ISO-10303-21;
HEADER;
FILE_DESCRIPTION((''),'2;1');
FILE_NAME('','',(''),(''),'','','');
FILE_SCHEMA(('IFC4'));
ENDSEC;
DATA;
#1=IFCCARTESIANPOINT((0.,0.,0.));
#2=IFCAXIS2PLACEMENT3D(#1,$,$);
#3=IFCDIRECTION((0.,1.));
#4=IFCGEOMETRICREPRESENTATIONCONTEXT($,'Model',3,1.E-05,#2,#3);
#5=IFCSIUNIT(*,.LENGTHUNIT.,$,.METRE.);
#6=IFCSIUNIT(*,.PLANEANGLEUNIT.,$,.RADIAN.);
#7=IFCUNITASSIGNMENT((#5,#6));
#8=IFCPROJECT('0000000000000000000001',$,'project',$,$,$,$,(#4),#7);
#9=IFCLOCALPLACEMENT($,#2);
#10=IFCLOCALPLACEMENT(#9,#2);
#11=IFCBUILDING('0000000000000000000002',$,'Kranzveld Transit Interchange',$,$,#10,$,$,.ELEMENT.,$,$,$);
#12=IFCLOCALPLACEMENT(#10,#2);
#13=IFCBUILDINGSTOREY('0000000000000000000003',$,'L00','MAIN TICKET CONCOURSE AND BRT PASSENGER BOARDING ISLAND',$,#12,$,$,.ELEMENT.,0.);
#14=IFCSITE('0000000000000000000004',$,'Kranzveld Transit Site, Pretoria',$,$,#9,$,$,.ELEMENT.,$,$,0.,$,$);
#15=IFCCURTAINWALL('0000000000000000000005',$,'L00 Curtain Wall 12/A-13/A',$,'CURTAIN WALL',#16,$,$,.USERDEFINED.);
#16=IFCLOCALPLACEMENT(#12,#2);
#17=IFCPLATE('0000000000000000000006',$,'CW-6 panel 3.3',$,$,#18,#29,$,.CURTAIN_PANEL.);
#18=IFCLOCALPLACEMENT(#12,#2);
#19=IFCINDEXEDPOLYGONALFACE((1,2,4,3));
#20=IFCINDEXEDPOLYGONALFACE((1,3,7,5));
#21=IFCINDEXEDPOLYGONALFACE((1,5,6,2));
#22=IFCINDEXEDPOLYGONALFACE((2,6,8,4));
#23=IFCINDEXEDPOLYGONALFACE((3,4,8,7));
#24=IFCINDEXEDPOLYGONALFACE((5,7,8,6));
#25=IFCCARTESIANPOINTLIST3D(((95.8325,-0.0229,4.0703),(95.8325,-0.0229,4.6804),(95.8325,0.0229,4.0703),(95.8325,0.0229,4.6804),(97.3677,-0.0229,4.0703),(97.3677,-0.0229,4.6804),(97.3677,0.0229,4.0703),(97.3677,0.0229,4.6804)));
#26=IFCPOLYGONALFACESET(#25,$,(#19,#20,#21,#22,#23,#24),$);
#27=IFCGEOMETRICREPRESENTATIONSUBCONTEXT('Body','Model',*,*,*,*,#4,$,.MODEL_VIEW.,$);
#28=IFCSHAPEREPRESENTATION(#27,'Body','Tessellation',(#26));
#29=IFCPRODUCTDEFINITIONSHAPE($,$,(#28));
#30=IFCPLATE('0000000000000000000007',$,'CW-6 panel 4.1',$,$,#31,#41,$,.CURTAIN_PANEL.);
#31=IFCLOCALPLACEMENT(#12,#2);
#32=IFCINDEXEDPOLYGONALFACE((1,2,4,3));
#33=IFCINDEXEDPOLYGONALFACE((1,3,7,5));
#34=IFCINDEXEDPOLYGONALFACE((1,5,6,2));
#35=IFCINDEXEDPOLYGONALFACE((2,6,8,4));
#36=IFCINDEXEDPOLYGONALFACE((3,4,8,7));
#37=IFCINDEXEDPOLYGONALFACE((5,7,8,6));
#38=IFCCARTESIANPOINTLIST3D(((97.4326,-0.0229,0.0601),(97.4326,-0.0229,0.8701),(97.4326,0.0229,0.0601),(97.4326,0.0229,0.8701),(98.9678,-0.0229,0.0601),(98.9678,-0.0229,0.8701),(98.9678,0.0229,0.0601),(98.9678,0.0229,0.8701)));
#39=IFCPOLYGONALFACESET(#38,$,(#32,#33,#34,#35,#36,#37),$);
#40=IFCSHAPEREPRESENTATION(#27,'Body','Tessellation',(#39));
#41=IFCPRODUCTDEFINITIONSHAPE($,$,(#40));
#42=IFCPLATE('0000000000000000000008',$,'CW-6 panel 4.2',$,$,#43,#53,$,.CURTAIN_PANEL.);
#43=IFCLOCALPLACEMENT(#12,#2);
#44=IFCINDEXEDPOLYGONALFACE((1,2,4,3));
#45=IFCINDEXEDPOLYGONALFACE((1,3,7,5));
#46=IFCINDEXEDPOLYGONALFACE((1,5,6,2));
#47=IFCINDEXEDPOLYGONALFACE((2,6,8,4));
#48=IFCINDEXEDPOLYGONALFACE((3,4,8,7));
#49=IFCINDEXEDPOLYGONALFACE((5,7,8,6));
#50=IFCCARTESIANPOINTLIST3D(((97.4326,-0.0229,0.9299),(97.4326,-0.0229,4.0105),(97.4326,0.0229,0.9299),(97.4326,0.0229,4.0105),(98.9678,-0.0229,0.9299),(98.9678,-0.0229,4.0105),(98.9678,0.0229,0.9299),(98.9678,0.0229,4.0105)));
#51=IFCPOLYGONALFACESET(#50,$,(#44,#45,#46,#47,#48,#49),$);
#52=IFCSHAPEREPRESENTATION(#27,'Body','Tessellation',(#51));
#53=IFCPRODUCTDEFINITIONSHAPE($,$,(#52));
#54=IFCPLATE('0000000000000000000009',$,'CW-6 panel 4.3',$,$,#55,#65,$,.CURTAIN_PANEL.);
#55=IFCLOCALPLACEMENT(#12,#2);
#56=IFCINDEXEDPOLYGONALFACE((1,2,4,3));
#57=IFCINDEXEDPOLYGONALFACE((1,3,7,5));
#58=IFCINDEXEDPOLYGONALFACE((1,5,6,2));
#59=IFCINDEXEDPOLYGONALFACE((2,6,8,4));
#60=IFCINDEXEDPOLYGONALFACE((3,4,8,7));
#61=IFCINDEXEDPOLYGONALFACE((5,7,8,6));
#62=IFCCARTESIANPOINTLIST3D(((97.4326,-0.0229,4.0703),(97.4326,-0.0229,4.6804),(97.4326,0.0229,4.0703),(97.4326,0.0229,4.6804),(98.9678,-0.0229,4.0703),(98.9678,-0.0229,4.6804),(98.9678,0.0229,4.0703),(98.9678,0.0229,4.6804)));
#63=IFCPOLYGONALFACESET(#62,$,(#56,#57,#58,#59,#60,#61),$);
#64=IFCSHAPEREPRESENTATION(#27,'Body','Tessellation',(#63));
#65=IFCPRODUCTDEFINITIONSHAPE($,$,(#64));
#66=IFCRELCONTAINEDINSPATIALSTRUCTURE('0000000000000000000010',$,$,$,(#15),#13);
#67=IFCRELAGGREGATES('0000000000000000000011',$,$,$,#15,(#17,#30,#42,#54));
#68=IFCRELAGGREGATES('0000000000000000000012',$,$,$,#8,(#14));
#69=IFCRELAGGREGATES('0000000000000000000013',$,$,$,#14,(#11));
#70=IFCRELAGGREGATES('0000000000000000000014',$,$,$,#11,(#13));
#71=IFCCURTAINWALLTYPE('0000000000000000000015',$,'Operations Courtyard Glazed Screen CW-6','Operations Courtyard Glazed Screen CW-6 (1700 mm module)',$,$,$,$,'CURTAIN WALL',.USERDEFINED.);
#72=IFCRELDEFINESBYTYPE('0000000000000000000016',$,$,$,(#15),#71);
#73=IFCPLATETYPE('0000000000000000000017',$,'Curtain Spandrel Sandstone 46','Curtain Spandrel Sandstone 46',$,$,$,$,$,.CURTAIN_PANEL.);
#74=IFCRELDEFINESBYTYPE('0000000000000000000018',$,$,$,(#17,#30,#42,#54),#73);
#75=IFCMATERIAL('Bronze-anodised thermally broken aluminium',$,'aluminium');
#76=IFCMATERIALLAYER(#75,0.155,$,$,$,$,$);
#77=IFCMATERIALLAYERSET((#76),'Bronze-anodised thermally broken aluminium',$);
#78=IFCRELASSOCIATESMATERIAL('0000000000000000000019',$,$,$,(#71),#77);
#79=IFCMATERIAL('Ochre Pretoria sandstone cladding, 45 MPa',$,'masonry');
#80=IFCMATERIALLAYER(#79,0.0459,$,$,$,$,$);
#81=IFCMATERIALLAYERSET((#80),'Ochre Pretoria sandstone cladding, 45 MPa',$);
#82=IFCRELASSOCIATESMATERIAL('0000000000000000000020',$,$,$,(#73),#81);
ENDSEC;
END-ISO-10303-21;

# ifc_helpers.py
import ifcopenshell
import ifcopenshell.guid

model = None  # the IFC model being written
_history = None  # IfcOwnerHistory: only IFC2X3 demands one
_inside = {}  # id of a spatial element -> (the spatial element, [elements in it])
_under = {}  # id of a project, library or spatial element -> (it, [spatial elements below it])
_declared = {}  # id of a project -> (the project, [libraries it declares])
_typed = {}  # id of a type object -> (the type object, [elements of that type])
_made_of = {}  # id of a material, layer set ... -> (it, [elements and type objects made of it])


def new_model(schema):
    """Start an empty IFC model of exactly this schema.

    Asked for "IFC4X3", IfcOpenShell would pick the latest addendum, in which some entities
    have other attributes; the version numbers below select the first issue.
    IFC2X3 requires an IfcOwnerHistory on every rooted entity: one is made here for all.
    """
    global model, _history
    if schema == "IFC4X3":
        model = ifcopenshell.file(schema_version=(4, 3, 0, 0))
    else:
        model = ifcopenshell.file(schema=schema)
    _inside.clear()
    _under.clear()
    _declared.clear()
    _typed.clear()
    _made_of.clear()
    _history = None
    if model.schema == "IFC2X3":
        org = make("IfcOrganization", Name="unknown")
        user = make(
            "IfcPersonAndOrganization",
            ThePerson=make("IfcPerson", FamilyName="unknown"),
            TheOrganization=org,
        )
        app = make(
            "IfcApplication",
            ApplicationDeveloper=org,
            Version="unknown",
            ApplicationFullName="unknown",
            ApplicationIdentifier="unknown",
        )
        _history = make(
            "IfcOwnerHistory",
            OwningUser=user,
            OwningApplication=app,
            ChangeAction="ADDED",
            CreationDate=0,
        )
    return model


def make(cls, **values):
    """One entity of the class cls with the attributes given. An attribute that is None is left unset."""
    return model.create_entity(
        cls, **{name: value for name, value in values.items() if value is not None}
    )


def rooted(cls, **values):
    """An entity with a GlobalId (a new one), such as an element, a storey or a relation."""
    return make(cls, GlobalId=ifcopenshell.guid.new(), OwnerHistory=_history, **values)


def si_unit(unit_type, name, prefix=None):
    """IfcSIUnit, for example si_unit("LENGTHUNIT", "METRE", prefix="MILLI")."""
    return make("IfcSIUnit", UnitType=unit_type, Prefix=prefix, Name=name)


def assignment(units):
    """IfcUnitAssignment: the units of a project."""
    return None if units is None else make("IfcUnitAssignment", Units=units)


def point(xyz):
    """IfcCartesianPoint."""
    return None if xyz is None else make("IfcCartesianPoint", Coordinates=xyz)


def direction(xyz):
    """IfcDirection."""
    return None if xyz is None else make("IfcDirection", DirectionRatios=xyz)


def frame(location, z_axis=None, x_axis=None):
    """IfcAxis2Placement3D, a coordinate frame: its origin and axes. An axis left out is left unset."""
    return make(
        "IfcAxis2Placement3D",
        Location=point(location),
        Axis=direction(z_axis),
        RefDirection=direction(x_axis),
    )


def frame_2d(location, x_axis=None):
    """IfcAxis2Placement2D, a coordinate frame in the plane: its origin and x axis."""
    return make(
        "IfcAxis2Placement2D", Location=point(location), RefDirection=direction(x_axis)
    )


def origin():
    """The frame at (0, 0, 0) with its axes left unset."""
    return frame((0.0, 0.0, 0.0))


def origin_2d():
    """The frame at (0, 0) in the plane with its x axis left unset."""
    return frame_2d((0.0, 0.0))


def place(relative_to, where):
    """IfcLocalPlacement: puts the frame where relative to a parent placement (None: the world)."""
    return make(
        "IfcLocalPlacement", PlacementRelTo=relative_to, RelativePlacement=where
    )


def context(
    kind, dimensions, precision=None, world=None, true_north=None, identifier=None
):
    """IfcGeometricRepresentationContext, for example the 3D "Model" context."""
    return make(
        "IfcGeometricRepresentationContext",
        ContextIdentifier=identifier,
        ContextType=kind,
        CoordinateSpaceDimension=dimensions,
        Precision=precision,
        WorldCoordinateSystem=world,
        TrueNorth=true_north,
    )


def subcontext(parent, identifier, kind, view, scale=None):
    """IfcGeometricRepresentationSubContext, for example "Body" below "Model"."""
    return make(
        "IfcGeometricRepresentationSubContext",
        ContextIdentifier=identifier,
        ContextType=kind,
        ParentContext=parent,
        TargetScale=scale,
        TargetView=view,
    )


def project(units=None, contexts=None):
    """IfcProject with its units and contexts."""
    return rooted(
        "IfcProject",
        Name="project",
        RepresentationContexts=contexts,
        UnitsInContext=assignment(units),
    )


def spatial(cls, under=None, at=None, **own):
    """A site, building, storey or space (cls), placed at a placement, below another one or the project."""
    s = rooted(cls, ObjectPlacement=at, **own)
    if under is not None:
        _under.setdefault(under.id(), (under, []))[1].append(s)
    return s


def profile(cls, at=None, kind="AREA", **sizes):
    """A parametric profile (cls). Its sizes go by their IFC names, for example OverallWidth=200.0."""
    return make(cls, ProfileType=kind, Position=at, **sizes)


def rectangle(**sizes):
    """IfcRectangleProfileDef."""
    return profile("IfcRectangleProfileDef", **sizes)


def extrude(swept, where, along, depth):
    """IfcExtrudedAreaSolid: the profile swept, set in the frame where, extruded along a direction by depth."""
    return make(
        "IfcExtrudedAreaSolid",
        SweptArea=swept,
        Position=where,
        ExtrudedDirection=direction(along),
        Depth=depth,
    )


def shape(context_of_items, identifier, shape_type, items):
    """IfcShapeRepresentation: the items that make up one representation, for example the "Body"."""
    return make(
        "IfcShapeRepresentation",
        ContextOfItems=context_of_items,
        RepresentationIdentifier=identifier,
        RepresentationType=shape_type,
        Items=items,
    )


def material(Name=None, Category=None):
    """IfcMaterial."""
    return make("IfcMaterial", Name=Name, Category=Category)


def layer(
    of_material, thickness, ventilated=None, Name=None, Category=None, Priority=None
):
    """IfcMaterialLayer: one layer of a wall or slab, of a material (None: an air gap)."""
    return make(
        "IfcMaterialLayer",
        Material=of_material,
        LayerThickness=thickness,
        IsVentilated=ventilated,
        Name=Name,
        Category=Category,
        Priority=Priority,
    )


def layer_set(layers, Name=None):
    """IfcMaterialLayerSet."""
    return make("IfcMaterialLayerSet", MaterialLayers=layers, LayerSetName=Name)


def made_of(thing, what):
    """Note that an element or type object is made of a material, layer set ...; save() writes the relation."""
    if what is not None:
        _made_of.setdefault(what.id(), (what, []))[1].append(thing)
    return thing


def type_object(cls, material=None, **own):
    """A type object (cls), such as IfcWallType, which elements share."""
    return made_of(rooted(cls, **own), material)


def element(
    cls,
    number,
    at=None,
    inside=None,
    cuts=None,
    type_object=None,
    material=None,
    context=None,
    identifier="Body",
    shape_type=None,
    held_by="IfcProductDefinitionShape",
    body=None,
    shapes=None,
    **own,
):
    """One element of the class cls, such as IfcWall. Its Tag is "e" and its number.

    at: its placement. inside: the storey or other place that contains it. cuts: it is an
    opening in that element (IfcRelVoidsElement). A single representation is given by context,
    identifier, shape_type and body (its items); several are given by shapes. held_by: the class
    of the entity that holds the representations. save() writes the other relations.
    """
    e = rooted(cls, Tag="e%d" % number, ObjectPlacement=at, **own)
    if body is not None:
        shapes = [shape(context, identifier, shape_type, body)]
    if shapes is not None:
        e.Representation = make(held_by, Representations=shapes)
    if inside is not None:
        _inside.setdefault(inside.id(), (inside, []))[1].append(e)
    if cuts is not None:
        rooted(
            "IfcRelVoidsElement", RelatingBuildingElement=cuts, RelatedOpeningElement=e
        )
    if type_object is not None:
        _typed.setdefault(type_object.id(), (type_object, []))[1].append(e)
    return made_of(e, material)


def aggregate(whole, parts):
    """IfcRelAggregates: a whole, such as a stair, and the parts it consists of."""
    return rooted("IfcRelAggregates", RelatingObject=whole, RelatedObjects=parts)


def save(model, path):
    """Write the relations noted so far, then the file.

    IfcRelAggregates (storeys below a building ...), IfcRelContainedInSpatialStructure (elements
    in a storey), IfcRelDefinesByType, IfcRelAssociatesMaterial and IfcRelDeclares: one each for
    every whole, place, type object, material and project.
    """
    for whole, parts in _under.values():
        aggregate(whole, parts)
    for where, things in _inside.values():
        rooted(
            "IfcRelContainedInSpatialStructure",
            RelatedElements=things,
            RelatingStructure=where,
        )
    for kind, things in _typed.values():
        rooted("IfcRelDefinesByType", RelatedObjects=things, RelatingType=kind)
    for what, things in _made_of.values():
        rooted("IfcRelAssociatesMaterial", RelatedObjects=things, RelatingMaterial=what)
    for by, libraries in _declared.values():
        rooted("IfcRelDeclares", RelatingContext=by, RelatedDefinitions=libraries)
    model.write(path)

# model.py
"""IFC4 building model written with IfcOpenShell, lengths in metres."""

from ifc_helpers import new_model, si_unit, direction, frame, origin, origin_2d, place, context, subcontext, project, spatial, rectangle, extrude, material, layer, layer_set, type_object, element, aggregate, save


model = new_model("IFC4")

# Units and contexts
model_context = context("Model", 3, precision=1e-05, world=origin(), true_north=direction((0.0, 1.0)))
body_context = subcontext(model_context, "Body", "Model", "MODEL_VIEW")
ifc_project = project(units=[si_unit("LENGTHUNIT", "METRE"), si_unit("PLANEANGLEUNIT", "RADIAN")], contexts=[model_context])

# Site, building, storey
site_placement = place(None, origin())
site = spatial("IfcSite", under=ifc_project, at=site_placement, Name="Kranzveld Transit Site, Pretoria", CompositionType="ELEMENT", RefElevation=0.0)
building_placement = place(site_placement, origin())
building = spatial("IfcBuilding", under=site, at=building_placement, Name="Kranzveld Transit Interchange", CompositionType="ELEMENT")
storey_placement = place(building_placement, origin())
storey = spatial("IfcBuildingStorey", under=building, at=storey_placement, Name="L00", Description="MAIN TICKET CONCOURSE AND BRT PASSENGER BOARDING ISLAND", CompositionType="ELEMENT", Elevation=0.0)

# Curtain wall, plates
ifc_material_1 = material(Name="Bronze-anodised thermally broken aluminium", Category="aluminium")
ifc_layer_1 = layer(ifc_material_1, 0.155)
ifc_layer_set_1 = layer_set([ifc_layer_1], Name="Bronze-anodised thermally broken aluminium")
curtain_wall_type = type_object("IfcCurtainWallType", Name="Operations Courtyard Glazed Screen CW-6", Description="Operations Courtyard Glazed Screen CW-6 (1700 mm module)", ElementType="CURTAIN WALL", PredefinedType="USERDEFINED", material=ifc_layer_set_1)
curtain_wall_placement = place(storey_placement, origin())
curtain_wall = element("IfcCurtainWall", 1, at=curtain_wall_placement, inside=storey, type_object=curtain_wall_type, Name="L00 Curtain Wall 12/A-13/A", ObjectType="CURTAIN WALL", PredefinedType="USERDEFINED")
ifc_material_2 = material(Name="Ochre Pretoria sandstone cladding, 45 MPa", Category="masonry")
ifc_layer_2 = layer(ifc_material_2, 0.0459)
ifc_layer_set_2 = layer_set([ifc_layer_2], Name="Ochre Pretoria sandstone cladding, 45 MPa")
plate_type = type_object("IfcPlateType", Name="Curtain Spandrel Sandstone 46", Description="Curtain Spandrel Sandstone 46", PredefinedType="CURTAIN_PANEL", material=ifc_layer_set_2)
plate_1_placement = place(storey_placement, frame((96.6001, 0.0, 4.0703), z_axis=(0.0, 0.0, 1.0), x_axis=(1.0, 0.0, 0.0)))
plate_1 = element("IfcPlate", 2, at=plate_1_placement, type_object=plate_type, Name="CW-6 panel 3.3", PredefinedType="CURTAIN_PANEL", context=body_context, shape_type="SweptSolid", body=[
    extrude(rectangle(XDim=1.5352, YDim=0.0459, at=origin_2d()), origin(), (0.0, 0.0, 1.0), 0.6101),
])
plate_2_placement = place(storey_placement, frame((98.2002, 0.0, 0.0601), z_axis=(0.0, 0.0, 1.0), x_axis=(1.0, 0.0, 0.0)))
plate_2 = element("IfcPlate", 3, at=plate_2_placement, type_object=plate_type, Name="CW-6 panel 4.1", PredefinedType="CURTAIN_PANEL", context=body_context, shape_type="SweptSolid", body=[
    extrude(rectangle(XDim=1.5352, YDim=0.0459, at=origin_2d()), origin(), (0.0, 0.0, 1.0), 0.8101),
])
plate_3_placement = place(storey_placement, frame((98.2002, 0.0, 0.9299), z_axis=(0.0, 0.0, 1.0), x_axis=(1.0, 0.0, 0.0)))
plate_3 = element("IfcPlate", 4, at=plate_3_placement, type_object=plate_type, Name="CW-6 panel 4.2", PredefinedType="CURTAIN_PANEL", context=body_context, shape_type="SweptSolid", body=[
    extrude(rectangle(XDim=1.5352, YDim=0.0459, at=origin_2d()), origin(), (0.0, 0.0, 1.0), 3.0806),
])
plate_4_placement = place(storey_placement, frame((98.2002, 0.0, 4.0703), z_axis=(0.0, 0.0, 1.0), x_axis=(1.0, 0.0, 0.0)))
plate_4 = element("IfcPlate", 5, at=plate_4_placement, type_object=plate_type, Name="CW-6 panel 4.3", PredefinedType="CURTAIN_PANEL", context=body_context, shape_type="SweptSolid", body=[
    extrude(rectangle(XDim=1.5352, YDim=0.0459, at=origin_2d()), origin(), (0.0, 0.0, 1.0), 0.6101),
])
aggregate(curtain_wall, [plate_1, plate_2, plate_3, plate_4])

save(model, "model.ifc")
